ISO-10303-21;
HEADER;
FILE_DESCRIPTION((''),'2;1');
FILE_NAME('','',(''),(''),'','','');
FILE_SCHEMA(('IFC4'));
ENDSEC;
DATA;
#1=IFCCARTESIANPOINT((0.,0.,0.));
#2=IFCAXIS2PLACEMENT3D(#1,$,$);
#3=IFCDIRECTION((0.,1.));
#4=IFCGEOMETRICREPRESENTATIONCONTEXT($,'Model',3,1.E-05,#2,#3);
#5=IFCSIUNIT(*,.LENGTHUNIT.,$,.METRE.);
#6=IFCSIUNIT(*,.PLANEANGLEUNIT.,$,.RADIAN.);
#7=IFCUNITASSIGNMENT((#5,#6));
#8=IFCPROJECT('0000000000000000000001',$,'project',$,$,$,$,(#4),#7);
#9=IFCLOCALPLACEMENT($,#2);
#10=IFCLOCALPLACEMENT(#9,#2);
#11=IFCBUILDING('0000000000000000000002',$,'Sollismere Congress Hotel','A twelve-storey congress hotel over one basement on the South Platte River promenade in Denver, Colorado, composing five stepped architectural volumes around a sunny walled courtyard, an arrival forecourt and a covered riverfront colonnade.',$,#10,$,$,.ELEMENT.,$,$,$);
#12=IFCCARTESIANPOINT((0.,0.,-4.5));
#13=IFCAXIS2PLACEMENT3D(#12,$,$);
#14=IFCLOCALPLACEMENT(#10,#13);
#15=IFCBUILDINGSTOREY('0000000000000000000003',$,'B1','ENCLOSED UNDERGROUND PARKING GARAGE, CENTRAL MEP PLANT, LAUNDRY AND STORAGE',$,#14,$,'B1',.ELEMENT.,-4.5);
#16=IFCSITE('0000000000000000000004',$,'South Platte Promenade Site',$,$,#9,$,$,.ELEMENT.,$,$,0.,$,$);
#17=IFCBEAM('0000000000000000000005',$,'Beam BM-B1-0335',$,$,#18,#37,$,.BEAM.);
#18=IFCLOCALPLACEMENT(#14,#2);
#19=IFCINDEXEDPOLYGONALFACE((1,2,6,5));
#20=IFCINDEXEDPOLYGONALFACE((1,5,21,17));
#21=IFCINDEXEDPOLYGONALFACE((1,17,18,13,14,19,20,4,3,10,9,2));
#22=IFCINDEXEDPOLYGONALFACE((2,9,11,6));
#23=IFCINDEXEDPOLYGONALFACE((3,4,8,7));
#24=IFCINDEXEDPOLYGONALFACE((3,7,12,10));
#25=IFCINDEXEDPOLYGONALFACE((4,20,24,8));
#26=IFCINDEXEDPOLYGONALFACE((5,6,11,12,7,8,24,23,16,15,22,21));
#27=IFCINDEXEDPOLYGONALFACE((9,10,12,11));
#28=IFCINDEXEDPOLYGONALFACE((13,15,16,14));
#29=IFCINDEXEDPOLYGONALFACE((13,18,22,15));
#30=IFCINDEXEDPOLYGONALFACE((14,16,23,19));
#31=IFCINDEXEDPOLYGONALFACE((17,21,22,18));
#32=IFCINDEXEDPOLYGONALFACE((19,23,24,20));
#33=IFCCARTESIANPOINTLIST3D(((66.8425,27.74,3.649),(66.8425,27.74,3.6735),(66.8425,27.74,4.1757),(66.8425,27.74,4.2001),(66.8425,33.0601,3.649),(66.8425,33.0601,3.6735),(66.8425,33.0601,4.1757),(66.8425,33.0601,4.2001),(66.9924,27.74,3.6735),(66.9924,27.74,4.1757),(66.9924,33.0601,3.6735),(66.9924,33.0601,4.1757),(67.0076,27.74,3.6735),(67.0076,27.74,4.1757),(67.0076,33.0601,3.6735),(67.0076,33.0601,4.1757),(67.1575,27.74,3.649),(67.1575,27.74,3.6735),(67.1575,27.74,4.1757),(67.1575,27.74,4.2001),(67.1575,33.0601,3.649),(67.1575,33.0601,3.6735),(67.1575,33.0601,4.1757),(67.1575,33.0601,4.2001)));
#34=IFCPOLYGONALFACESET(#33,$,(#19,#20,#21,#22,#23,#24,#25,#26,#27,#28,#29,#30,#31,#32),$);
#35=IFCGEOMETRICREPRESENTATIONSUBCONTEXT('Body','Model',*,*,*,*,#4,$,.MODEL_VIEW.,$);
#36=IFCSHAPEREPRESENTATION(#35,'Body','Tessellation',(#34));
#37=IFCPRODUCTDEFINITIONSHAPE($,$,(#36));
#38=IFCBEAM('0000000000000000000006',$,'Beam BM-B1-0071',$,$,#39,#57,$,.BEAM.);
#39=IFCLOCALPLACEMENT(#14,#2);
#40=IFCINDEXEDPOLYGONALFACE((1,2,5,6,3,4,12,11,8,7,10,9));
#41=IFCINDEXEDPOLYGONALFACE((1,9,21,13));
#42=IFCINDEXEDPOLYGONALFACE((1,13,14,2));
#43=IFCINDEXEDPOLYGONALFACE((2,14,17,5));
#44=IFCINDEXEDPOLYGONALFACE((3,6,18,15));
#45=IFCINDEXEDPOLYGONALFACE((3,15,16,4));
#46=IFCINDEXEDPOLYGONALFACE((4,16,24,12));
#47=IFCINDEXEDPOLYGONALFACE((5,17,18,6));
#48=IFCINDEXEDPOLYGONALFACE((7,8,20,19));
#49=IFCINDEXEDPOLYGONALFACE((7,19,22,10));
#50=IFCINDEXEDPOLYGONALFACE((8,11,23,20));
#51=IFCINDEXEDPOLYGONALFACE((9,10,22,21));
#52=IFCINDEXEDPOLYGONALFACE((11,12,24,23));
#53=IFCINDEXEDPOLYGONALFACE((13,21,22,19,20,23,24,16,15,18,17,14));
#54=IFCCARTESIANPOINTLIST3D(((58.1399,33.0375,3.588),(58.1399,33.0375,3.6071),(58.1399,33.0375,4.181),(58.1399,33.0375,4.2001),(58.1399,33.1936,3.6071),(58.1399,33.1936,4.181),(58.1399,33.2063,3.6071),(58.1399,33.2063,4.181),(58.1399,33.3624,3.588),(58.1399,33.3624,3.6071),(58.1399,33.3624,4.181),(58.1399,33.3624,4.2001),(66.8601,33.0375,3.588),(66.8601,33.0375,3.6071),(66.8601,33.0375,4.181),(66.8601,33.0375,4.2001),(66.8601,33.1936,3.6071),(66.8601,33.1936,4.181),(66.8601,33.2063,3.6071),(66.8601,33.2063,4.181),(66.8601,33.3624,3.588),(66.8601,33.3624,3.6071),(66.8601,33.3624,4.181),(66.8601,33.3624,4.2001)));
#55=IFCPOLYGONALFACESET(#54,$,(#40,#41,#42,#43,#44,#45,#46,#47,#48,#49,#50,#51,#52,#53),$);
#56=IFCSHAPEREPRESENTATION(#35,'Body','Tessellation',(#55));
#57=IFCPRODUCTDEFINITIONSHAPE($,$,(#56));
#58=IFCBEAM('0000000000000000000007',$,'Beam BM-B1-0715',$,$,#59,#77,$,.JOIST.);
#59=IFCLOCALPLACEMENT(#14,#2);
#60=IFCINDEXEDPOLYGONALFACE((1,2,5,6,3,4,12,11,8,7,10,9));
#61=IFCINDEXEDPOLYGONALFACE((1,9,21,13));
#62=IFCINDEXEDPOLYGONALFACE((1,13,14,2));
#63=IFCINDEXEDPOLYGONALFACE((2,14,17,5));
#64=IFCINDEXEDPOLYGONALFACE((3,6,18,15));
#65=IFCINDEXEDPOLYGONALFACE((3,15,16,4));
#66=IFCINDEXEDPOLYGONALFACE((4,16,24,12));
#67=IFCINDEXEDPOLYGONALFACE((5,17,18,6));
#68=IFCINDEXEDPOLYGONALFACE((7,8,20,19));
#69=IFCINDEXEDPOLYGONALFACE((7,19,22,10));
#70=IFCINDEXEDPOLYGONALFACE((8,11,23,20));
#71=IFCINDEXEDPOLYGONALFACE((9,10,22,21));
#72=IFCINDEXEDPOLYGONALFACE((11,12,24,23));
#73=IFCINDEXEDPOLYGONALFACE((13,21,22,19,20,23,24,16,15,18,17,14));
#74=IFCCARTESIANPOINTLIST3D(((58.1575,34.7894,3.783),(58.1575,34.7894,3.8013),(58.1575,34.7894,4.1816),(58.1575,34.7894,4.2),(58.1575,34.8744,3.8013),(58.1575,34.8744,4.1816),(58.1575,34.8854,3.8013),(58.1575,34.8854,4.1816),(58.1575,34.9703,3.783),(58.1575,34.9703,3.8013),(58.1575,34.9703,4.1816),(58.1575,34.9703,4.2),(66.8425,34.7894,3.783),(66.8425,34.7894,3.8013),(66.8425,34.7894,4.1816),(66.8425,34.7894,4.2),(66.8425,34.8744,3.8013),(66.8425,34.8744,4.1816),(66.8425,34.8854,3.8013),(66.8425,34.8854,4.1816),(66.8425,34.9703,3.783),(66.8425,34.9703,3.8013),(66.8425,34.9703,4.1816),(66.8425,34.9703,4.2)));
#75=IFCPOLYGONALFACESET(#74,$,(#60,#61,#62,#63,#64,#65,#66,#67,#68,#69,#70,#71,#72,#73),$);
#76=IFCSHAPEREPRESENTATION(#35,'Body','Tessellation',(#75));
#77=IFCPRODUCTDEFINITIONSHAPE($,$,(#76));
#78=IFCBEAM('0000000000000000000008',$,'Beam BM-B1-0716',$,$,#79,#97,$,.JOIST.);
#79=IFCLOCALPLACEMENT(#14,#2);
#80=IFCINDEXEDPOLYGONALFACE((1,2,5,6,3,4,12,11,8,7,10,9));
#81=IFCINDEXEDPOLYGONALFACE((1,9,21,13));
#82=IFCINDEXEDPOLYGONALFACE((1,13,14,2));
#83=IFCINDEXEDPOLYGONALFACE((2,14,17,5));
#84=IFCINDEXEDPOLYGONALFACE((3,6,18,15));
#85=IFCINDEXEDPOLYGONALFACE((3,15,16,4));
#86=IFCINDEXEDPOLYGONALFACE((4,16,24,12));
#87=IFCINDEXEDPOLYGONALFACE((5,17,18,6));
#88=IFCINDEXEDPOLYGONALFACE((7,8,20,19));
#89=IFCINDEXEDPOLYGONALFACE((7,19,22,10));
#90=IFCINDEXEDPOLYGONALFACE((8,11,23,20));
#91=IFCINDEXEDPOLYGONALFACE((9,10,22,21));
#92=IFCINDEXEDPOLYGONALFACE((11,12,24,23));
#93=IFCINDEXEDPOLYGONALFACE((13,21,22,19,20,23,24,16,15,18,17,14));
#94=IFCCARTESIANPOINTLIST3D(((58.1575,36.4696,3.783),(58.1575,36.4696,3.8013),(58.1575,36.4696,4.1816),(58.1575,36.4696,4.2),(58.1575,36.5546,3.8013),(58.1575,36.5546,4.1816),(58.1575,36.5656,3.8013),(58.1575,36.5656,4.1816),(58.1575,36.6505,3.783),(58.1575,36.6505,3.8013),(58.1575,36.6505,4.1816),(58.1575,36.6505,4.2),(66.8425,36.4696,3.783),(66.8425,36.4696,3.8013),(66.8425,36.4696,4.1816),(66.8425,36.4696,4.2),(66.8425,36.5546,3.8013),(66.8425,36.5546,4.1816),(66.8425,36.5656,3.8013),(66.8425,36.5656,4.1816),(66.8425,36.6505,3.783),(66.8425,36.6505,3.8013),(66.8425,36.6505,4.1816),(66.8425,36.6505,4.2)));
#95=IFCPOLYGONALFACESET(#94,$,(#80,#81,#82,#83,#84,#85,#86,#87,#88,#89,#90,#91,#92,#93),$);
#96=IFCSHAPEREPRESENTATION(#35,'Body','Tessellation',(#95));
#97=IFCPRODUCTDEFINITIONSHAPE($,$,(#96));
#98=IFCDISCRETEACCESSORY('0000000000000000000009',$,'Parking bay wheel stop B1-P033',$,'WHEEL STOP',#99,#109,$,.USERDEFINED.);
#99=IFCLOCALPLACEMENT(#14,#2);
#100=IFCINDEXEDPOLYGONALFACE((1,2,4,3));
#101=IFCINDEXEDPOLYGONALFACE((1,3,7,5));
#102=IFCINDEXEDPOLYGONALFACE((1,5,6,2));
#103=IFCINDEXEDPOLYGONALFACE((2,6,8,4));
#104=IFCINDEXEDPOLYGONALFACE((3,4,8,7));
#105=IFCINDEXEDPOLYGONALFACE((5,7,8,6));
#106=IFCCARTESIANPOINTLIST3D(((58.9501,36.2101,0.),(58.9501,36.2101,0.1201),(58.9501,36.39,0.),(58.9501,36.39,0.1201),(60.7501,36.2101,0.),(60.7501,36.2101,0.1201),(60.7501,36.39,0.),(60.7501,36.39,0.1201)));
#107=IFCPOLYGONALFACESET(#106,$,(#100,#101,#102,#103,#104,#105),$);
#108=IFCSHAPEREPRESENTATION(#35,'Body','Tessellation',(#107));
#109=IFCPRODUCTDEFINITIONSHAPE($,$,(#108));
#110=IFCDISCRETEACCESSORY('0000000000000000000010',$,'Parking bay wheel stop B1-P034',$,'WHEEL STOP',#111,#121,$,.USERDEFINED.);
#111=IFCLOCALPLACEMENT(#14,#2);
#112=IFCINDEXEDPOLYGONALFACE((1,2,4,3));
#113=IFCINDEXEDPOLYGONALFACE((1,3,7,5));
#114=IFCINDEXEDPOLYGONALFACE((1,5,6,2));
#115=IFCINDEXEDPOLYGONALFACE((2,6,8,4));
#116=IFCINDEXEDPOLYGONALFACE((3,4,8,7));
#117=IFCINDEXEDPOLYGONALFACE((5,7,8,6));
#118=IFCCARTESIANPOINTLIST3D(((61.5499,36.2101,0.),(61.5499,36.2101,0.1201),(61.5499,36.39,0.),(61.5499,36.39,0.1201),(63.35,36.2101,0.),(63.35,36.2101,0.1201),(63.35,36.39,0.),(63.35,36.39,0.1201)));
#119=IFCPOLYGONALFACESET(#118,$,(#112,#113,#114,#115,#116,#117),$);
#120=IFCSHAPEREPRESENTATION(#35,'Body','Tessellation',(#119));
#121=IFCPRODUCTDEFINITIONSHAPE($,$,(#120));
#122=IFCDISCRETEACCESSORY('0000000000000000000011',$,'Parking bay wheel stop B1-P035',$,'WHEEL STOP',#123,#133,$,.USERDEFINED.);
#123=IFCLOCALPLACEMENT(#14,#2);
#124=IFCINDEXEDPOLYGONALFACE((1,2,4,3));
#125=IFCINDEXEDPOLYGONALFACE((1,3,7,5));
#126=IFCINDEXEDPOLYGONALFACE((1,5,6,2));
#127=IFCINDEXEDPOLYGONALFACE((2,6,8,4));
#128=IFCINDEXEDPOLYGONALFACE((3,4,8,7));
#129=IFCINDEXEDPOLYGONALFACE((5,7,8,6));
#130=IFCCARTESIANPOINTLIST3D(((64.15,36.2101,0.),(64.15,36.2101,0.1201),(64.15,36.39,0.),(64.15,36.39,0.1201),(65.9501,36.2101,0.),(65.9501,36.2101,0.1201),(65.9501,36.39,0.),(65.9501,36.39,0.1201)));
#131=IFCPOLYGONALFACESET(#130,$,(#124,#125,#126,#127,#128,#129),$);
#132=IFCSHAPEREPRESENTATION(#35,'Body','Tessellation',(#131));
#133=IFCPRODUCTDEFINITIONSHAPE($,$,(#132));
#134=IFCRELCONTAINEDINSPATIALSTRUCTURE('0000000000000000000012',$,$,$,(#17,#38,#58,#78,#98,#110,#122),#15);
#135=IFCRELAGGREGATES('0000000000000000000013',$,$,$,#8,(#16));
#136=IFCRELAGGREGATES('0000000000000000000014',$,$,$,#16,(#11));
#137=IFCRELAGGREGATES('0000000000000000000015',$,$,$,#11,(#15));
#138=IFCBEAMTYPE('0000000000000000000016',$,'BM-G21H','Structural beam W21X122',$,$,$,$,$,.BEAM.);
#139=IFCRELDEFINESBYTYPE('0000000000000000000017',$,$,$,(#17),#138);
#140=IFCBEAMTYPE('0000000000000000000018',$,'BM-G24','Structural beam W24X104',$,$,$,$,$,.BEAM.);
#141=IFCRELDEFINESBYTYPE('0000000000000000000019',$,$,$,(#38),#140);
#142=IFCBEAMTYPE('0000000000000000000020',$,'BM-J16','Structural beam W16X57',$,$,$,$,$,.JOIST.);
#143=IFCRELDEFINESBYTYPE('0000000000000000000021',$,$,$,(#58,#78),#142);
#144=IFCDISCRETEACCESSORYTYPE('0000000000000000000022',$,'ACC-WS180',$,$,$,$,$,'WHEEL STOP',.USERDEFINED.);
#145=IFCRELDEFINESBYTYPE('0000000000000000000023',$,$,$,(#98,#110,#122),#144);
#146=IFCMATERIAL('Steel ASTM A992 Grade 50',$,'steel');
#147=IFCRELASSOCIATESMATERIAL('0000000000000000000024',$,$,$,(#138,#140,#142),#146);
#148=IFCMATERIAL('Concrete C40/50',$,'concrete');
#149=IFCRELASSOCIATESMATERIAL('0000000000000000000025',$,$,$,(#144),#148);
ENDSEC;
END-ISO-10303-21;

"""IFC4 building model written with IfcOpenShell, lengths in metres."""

from ifc_helpers import new_model, si_unit, direction, frame, origin, origin_2d, place, context, subcontext, project, spatial, rectangle, i_section, extrude, material, material_profile, profile_set, type_object, element, save


model = new_model("IFC4")

# Units and contexts
model_context = context("Model", 3, precision=1e-05, world=origin(), true_north=direction((0.0, 1.0)))
body_context = subcontext(model_context, "Body", "Model", "MODEL_VIEW")
ifc_project = project(units=[si_unit("LENGTHUNIT", "METRE"), si_unit("PLANEANGLEUNIT", "RADIAN")], contexts=[model_context])

# Site, building, storey
site_placement = place(None, origin())
site = spatial("IfcSite", under=ifc_project, at=site_placement, Name="South Platte Promenade Site", CompositionType="ELEMENT", RefElevation=0.0)
building_placement = place(site_placement, origin())
building = spatial("IfcBuilding", under=site, at=building_placement, Name="Sollismere Congress Hotel", Description="A twelve-storey congress hotel over one basement on the South Platte River promenade in Denver, Colorado, composing five stepped architectural volumes around a sunny walled courtyard, an arrival forecourt and a covered riverfront colonnade.", CompositionType="ELEMENT")
storey_placement = place(building_placement, frame((0.0, 0.0, -4.5)))
storey = spatial("IfcBuildingStorey", under=building, at=storey_placement, Name="B1", Description="ENCLOSED UNDERGROUND PARKING GARAGE, CENTRAL MEP PLANT, LAUNDRY AND STORAGE", LongName="B1", CompositionType="ELEMENT", Elevation=-4.5)

# Shared definitions
ifc_material_1 = material(Name="Concrete C40/50", Category="concrete")

# Beams
ifc_material_2 = material(Name="Steel ASTM A992 Grade 50", Category="steel")
ifc_material_profile_1 = material_profile(ifc_material_2, i_section(OverallWidth=0.3149, OverallDepth=0.551, WebThickness=0.0151, FlangeThickness=0.0244, at=origin_2d()), Name="W21X122")
ifc_profile_set_1 = profile_set([ifc_material_profile_1], Name="Steel ASTM A992 Grade 50")
beam_type_1 = type_object("IfcBeamType", Name="BM-G21H", Description="Structural beam W21X122", PredefinedType="BEAM", material=ifc_profile_set_1)
beam_1_placement = place(storey_placement, frame((67.0, 27.74, 3.9246), z_axis=(0.0, 1.0, 0.0), x_axis=(-1.0, 0.0, 0.0)))
element("IfcBeam", 1, at=beam_1_placement, inside=storey, type_object=beam_type_1, Name="Beam BM-B1-0335", PredefinedType="BEAM", context=body_context, shape_type="SweptSolid", body=[
    extrude(i_section(OverallWidth=0.3149, OverallDepth=0.551, WebThickness=0.0151, FlangeThickness=0.0244, at=origin_2d()), origin(), (0.0, 0.0, 1.0), 5.3201),
])
ifc_material_profile_2 = material_profile(ifc_material_2, i_section(OverallWidth=0.325, OverallDepth=0.6121, WebThickness=0.0127, FlangeThickness=0.019, at=origin_2d()), Name="W24X104")
ifc_profile_set_2 = profile_set([ifc_material_profile_2], Name="Steel ASTM A992 Grade 50")
beam_type_2 = type_object("IfcBeamType", Name="BM-G24", Description="Structural beam W24X104", PredefinedType="BEAM", material=ifc_profile_set_2)
beam_2_placement = place(storey_placement, frame((58.1399, 33.2, 3.894), z_axis=(1.0, 0.0, 0.0), x_axis=(0.0, 1.0, 0.0)))
element("IfcBeam", 2, at=beam_2_placement, inside=storey, type_object=beam_type_2, Name="Beam BM-B1-0071", PredefinedType="BEAM", context=body_context, shape_type="SweptSolid", body=[
    extrude(i_section(OverallWidth=0.325, OverallDepth=0.6121, WebThickness=0.0127, FlangeThickness=0.019, at=origin_2d()), origin(), (0.0, 0.0, 1.0), 8.7202),
])
ifc_material_profile_3 = material_profile(ifc_material_2, i_section(OverallWidth=0.1809, OverallDepth=0.417, WebThickness=0.011, FlangeThickness=0.0183, at=origin_2d()), Name="W16X57")
ifc_profile_set_3 = profile_set([ifc_material_profile_3], Name="Steel ASTM A992 Grade 50")
beam_type_3 = type_object("IfcBeamType", Name="BM-J16", Description="Structural beam W16X57", PredefinedType="JOIST", material=ifc_profile_set_3)
for number, where, z_axis, x_axis, name in (
    (3, (58.1575, 34.8799, 3.9915), (1.0, 0.0, 0.0), (0.0, 1.0, 0.0), "Beam BM-B1-0715"),
    (4, (58.1575, 36.5601, 3.9915), (1.0, 0.0, 0.0), (0.0, 1.0, 0.0), "Beam BM-B1-0716"),
):
    element("IfcBeam", number, at=place(storey_placement, frame(where, z_axis=z_axis, x_axis=x_axis)), inside=storey, type_object=beam_type_3, Name=name, PredefinedType="JOIST", context=body_context, shape_type="SweptSolid", body=[
        extrude(i_section(OverallWidth=0.1809, OverallDepth=0.417, WebThickness=0.011, FlangeThickness=0.0183, at=origin_2d()), origin(), (0.0, 0.0, 1.0), 8.6851),
    ])

# Discrete accessories
discrete_accessory_type = type_object("IfcDiscreteAccessoryType", Name="ACC-WS180", ElementType="WHEEL STOP", PredefinedType="USERDEFINED", material=ifc_material_1)
for number, where, z_axis, x_axis, name in (
    (5, (59.8501, 36.3, 0.0), (0.0, 0.0, 1.0), (1.0, 0.0, 0.0), "Parking bay wheel stop B1-P033"),
    (6, (62.45, 36.3, 0.0), (0.0, 0.0, 1.0), (1.0, 0.0, 0.0), "Parking bay wheel stop B1-P034"),
    (7, (65.05, 36.3, 0.0), (0.0, 0.0, 1.0), (1.0, 0.0, 0.0), "Parking bay wheel stop B1-P035"),
):
    element("IfcDiscreteAccessory", number, at=place(storey_placement, frame(where, z_axis=z_axis, x_axis=x_axis)), inside=storey, type_object=discrete_accessory_type, Name=name, ObjectType="WHEEL STOP", PredefinedType="USERDEFINED", context=body_context, shape_type="SweptSolid", body=[
        extrude(rectangle(XDim=1.8, YDim=0.1799, at=origin_2d()), origin(), (0.0, 0.0, 1.0), 0.1201),
    ])

save(model, "model.ifc")
